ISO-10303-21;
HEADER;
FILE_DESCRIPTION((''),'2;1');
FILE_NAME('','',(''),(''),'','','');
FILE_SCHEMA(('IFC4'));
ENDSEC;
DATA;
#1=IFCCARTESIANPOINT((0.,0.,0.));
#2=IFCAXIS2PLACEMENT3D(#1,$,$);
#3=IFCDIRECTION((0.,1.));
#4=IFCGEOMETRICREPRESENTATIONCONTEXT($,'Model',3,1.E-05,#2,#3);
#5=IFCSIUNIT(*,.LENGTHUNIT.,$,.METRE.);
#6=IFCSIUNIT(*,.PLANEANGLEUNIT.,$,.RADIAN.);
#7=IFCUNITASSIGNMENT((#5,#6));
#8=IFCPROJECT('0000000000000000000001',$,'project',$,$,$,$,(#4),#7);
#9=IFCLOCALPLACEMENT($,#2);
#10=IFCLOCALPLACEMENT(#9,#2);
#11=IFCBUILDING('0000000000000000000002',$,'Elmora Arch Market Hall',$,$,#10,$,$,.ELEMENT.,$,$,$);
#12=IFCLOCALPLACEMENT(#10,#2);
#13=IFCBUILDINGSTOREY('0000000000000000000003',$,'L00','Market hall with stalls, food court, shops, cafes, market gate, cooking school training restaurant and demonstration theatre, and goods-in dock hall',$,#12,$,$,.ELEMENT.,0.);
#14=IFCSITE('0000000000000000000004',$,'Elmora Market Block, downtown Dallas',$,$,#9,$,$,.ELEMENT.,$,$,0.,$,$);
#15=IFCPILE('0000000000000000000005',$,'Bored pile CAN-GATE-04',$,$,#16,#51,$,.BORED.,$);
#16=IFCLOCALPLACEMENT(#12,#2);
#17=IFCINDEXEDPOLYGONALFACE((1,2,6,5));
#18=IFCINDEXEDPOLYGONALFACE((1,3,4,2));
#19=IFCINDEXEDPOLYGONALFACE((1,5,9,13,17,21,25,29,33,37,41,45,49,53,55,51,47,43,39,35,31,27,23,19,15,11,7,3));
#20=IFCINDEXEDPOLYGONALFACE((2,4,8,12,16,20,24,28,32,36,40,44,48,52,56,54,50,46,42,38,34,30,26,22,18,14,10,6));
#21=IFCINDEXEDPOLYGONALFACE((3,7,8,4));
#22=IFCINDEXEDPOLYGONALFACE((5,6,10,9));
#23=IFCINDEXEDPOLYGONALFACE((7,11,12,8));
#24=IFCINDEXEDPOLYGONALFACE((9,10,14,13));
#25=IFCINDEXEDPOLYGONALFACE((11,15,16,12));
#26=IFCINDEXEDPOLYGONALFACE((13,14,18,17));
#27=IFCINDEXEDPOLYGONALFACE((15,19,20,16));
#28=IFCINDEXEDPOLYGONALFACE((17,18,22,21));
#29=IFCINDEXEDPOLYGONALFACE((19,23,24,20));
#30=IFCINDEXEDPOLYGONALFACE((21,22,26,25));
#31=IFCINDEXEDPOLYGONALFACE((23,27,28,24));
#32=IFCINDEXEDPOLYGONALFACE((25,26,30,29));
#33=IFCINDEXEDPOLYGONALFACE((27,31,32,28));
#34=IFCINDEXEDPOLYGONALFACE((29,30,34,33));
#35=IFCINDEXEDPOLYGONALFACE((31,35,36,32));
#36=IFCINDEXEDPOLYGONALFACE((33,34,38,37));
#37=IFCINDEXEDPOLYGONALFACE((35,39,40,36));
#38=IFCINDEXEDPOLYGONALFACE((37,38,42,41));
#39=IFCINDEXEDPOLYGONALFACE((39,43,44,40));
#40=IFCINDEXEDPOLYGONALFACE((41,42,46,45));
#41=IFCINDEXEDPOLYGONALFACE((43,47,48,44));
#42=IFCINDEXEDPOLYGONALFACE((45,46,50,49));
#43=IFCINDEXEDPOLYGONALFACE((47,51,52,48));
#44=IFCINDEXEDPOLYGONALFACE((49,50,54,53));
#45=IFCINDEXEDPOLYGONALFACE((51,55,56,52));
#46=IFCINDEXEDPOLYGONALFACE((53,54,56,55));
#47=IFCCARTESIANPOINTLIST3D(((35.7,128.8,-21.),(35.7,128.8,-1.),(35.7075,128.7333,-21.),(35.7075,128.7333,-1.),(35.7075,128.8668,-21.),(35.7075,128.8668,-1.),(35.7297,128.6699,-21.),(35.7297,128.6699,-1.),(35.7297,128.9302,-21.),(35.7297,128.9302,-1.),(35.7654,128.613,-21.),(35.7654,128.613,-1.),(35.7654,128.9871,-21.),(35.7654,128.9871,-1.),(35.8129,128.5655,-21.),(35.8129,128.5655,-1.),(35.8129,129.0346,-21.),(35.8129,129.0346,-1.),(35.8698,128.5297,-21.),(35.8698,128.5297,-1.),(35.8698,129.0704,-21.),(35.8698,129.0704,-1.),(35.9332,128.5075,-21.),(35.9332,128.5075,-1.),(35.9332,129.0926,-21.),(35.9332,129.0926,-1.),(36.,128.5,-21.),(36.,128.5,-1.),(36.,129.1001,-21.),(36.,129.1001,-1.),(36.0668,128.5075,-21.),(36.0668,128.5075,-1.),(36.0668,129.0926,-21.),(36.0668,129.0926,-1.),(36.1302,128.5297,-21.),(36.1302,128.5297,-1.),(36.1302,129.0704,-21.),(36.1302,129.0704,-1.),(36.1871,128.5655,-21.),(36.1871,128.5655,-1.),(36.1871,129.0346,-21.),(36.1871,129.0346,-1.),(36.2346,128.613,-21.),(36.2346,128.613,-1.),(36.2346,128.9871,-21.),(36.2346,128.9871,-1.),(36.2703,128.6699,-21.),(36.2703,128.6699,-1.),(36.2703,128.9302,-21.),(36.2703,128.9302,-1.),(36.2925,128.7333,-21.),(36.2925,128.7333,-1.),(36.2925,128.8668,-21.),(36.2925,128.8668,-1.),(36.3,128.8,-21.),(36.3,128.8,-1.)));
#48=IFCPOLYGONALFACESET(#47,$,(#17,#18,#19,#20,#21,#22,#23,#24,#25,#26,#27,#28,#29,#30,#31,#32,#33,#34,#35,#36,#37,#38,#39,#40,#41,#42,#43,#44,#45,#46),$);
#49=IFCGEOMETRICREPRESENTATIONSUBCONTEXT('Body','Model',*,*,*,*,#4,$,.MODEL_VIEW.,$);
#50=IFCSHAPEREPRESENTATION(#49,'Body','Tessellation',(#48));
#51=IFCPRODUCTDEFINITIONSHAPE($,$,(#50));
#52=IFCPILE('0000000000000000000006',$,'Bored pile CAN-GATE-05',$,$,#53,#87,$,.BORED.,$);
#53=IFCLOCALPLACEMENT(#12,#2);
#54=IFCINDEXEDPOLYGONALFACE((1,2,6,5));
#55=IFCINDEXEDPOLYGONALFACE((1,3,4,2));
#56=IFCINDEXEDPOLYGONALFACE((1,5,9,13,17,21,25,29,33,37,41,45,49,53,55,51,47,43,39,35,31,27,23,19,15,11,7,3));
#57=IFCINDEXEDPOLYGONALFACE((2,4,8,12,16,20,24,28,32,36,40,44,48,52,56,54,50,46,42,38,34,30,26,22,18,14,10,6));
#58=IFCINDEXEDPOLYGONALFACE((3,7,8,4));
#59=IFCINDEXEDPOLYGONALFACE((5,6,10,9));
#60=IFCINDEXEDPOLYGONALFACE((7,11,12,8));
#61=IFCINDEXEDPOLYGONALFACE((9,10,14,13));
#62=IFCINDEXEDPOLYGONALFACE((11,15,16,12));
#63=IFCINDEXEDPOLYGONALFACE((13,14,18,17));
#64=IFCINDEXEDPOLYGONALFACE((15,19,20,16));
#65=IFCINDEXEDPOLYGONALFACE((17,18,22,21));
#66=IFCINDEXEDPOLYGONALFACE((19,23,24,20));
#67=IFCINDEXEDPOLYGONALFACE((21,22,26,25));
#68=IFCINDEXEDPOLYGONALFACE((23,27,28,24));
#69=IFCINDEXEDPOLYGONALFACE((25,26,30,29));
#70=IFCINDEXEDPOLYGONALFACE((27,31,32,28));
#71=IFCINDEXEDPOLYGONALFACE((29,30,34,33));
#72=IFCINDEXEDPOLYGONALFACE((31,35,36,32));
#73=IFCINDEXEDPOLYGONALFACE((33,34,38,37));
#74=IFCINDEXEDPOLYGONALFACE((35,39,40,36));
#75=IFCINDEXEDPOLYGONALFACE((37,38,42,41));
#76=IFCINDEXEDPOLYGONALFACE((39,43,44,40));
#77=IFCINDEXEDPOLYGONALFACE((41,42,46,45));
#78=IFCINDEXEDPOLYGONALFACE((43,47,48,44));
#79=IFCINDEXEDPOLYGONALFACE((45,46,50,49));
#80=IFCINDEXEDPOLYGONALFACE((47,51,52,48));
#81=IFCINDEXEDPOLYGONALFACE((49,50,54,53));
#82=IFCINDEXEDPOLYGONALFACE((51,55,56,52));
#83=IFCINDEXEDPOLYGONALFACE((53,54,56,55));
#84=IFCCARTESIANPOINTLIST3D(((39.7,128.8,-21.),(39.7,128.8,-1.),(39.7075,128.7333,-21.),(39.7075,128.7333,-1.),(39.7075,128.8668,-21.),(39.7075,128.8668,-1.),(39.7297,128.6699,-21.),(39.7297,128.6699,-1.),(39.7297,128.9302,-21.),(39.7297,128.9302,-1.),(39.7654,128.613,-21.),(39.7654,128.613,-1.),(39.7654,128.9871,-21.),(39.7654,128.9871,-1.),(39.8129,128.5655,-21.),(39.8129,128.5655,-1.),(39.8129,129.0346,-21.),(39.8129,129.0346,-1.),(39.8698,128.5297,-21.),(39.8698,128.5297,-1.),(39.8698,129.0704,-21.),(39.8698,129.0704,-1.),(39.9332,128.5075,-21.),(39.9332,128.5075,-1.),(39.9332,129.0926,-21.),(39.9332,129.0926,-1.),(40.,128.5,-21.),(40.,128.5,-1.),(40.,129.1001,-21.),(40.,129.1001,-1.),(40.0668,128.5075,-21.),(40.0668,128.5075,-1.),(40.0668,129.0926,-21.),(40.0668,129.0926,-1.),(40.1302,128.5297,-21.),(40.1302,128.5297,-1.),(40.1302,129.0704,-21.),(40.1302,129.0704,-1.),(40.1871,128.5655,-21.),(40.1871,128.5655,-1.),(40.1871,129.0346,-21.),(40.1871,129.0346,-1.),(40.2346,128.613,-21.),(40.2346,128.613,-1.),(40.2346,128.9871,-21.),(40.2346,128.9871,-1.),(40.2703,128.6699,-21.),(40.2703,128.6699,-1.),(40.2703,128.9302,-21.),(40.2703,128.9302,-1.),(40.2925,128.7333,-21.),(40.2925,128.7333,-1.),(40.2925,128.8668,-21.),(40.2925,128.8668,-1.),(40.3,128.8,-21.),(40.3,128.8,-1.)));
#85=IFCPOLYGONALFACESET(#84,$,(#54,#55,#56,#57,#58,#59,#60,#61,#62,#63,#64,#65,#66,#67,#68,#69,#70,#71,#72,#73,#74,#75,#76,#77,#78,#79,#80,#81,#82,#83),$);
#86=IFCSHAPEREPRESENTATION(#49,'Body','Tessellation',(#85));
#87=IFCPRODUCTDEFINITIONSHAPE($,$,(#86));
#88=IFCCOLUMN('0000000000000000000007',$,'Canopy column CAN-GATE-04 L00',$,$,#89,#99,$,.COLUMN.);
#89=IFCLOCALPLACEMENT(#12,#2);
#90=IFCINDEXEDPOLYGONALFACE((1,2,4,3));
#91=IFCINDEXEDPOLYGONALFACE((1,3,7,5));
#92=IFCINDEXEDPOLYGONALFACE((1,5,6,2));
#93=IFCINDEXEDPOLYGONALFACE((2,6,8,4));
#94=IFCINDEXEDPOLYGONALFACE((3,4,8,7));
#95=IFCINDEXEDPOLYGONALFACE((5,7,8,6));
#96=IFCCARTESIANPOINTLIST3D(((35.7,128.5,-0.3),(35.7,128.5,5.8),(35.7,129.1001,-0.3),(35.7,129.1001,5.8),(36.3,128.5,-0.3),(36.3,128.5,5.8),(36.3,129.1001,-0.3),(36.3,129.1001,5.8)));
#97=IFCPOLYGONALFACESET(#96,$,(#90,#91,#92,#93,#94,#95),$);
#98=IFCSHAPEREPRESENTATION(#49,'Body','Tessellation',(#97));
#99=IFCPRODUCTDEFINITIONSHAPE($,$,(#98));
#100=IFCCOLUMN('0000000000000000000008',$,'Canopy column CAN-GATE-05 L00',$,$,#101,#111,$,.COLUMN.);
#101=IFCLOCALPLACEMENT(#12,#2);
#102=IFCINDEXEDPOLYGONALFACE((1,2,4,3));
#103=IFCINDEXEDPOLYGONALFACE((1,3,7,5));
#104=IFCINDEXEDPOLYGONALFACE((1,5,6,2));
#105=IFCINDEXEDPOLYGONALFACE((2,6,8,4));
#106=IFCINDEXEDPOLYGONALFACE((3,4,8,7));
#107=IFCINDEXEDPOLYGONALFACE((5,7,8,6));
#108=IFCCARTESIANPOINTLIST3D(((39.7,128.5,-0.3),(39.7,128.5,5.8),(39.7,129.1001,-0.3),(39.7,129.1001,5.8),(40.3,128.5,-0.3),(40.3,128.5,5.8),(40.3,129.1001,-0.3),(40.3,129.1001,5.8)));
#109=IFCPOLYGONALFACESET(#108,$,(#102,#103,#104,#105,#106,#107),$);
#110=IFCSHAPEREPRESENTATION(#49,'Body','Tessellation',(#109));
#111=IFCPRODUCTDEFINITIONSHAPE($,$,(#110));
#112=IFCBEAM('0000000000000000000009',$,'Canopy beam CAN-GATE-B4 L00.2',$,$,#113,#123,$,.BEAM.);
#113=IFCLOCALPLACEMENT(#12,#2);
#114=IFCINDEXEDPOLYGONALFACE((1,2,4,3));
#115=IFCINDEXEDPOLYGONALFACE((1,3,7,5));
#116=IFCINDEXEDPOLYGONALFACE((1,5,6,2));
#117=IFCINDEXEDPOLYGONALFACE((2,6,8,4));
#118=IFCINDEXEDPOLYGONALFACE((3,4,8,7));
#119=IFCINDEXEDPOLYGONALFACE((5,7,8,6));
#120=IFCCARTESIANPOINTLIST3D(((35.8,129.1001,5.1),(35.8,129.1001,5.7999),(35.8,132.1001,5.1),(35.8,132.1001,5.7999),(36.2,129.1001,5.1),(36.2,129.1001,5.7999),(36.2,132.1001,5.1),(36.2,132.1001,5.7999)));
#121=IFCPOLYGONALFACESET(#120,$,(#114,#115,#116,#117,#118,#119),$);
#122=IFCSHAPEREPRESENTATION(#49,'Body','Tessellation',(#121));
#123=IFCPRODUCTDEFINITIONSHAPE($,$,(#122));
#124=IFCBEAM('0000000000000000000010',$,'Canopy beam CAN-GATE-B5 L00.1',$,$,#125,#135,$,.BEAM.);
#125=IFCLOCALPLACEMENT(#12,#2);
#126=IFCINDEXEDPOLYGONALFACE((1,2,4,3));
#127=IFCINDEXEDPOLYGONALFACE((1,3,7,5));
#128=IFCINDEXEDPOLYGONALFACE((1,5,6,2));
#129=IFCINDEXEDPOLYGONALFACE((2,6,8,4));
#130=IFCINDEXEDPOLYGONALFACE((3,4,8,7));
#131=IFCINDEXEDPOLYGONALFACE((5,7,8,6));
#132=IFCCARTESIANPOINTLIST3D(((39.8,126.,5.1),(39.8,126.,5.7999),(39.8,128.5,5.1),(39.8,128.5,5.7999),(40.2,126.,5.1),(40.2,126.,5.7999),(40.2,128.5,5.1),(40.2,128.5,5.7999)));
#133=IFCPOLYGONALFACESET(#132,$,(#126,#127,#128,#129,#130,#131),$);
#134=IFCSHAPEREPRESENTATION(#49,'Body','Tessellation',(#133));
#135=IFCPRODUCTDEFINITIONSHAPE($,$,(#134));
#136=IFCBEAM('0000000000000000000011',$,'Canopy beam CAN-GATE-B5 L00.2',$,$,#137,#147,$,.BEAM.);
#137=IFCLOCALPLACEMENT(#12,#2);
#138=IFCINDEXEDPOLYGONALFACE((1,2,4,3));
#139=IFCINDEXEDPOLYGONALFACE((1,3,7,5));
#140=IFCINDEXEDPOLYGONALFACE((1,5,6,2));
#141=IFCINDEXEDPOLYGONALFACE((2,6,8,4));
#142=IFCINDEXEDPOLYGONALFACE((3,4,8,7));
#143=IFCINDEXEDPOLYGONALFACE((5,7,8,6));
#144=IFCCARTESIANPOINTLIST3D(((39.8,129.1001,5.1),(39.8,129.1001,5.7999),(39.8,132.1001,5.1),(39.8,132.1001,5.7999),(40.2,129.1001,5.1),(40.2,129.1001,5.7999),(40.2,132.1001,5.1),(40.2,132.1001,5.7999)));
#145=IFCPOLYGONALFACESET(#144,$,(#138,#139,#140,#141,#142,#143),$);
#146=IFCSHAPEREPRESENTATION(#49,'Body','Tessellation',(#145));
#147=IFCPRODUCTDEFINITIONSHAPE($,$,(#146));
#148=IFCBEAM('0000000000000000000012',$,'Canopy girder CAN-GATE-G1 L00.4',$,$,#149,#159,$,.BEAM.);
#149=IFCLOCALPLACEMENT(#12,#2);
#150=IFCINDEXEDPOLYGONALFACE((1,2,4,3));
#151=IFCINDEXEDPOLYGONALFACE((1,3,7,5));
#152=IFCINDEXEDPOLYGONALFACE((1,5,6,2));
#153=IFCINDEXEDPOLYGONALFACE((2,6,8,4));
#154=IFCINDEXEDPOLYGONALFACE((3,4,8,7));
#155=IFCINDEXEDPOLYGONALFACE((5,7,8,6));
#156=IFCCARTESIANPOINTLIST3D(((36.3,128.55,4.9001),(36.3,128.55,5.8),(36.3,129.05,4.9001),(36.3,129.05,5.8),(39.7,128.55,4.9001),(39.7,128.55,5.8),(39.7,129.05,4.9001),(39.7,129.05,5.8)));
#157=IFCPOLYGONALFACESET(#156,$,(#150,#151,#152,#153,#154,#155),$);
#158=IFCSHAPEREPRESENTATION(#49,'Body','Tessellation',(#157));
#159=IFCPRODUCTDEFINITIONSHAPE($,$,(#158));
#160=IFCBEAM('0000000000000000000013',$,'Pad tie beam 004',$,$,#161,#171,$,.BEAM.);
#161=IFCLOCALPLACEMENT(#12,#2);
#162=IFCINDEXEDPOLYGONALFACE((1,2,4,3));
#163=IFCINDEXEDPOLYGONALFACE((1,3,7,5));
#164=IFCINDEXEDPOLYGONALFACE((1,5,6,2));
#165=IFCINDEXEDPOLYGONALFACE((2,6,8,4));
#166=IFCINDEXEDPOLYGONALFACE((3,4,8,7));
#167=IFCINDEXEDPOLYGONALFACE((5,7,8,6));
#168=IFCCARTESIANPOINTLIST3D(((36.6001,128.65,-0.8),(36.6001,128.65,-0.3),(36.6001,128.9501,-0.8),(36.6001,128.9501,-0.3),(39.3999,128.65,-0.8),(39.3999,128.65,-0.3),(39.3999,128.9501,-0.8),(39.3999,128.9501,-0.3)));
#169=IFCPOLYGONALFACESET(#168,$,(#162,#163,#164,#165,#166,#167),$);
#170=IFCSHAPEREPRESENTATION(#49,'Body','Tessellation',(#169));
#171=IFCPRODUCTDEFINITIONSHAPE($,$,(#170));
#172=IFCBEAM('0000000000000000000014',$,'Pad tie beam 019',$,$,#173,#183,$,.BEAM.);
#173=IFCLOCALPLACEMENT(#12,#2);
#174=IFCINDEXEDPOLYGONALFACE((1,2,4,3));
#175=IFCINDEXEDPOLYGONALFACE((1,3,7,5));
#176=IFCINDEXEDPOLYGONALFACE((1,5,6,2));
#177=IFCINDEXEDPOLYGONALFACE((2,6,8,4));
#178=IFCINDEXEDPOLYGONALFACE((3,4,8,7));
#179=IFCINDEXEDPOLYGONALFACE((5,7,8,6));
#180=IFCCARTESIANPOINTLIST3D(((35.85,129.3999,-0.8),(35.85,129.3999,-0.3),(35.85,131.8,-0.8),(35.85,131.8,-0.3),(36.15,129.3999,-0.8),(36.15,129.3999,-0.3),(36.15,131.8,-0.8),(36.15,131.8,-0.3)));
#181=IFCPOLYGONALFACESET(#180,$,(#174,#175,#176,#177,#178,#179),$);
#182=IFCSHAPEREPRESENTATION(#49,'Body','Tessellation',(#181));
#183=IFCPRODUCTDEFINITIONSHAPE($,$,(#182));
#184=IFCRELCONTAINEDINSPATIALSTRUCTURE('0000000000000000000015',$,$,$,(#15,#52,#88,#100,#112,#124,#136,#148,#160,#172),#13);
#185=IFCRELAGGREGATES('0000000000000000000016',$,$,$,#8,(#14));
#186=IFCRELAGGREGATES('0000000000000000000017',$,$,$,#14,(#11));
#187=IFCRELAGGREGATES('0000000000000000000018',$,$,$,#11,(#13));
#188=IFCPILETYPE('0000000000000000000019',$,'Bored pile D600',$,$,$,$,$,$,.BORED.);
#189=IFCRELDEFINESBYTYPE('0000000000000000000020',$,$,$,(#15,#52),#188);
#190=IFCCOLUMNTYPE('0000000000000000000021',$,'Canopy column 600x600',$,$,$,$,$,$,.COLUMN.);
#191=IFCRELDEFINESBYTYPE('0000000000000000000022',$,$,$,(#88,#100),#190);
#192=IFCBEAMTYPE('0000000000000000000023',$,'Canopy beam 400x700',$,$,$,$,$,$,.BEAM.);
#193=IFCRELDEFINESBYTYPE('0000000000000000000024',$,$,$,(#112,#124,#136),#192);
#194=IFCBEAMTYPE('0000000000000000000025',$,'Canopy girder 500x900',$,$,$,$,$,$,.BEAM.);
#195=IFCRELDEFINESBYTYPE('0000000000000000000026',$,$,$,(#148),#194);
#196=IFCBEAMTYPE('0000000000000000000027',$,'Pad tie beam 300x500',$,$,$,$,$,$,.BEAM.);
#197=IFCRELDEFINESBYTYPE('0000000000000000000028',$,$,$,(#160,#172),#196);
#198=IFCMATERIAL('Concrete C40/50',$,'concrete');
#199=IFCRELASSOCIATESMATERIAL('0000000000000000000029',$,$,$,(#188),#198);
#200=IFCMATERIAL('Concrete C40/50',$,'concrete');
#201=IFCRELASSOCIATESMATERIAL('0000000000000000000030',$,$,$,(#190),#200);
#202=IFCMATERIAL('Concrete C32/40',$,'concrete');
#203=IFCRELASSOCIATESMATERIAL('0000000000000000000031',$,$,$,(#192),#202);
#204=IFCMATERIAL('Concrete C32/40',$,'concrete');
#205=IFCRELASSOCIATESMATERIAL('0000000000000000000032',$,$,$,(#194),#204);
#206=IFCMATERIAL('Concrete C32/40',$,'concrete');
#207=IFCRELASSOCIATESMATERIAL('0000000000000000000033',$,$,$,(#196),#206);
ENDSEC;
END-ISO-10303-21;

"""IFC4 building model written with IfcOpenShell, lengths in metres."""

from ifc_helpers import new_model, si_unit, direction, frame, origin, origin_2d, place, context, subcontext, project, spatial, rectangle, circle, extrude, material, material_profile, profile_set, type_object, element, save


model = new_model("IFC4")

# Units and contexts
model_context = context("Model", 3, precision=1e-05, world=origin(), true_north=direction((0.0, 1.0)))
body_context = subcontext(model_context, "Body", "Model", "MODEL_VIEW")
ifc_project = project(units=[si_unit("LENGTHUNIT", "METRE"), si_unit("PLANEANGLEUNIT", "RADIAN")], contexts=[model_context])

# Site, building, storey
site_placement = place(None, origin())
site = spatial("IfcSite", under=ifc_project, at=site_placement, Name="Elmora Market Block, downtown Dallas", CompositionType="ELEMENT", RefElevation=0.0)
building_placement = place(site_placement, origin())
building = spatial("IfcBuilding", under=site, at=building_placement, Name="Elmora Arch Market Hall", CompositionType="ELEMENT")
storey_placement = place(building_placement, origin())
storey = spatial("IfcBuildingStorey", under=building, at=storey_placement, Name="L00", Description="Market hall with stalls, food court, shops, cafes, market gate, cooking school training restaurant and demonstration theatre, and goods-in dock hall", CompositionType="ELEMENT", Elevation=0.0)

# Piles
ifc_material_1 = material(Name="Concrete C40/50", Category="concrete")
ifc_material_profile_1 = material_profile(ifc_material_1, circle(Radius=0.3, at=origin_2d()), Name="Bored pile D600")
ifc_profile_set_1 = profile_set([ifc_material_profile_1], Name="Concrete C40/50")
pile_type = type_object("IfcPileType", Name="Bored pile D600", PredefinedType="BORED", material=ifc_profile_set_1)
for number, where, z_axis, x_axis, name in (
    (1, (36.0, 128.8, -1.0), (0.0, 0.0, -1.0), (1.0, 0.0, 0.0), "Bored pile CAN-GATE-04"),
    (2, (40.0, 128.8, -1.0), (0.0, 0.0, -1.0), (1.0, 0.0, 0.0), "Bored pile CAN-GATE-05"),
):
    element("IfcPile", number, at=place(storey_placement, frame(where, z_axis=z_axis, x_axis=x_axis)), inside=storey, type_object=pile_type, Name=name, PredefinedType="BORED", context=body_context, shape_type="SweptSolid", body=[
        extrude(circle(Radius=0.3, at=origin_2d()), origin(), (0.0, 0.0, 1.0), 20.0),
    ])

# Columns
ifc_material_2 = material(Name="Concrete C40/50", Category="concrete")
ifc_material_profile_2 = material_profile(ifc_material_2, rectangle(XDim=0.6001, YDim=0.6001, at=origin_2d()), Name="Canopy column 600x600")
ifc_profile_set_2 = profile_set([ifc_material_profile_2], Name="Concrete C40/50")
column_type = type_object("IfcColumnType", Name="Canopy column 600x600", PredefinedType="COLUMN", material=ifc_profile_set_2)
for number, where, z_axis, x_axis, name in (
    (3, (36.0, 128.8, -0.3), (0.0, 0.0, 1.0), (1.0, 0.0, 0.0), "Canopy column CAN-GATE-04 L00"),
    (4, (40.0, 128.8, -0.3), (0.0, 0.0, 1.0), (1.0, 0.0, 0.0), "Canopy column CAN-GATE-05 L00"),
):
    element("IfcColumn", number, at=place(storey_placement, frame(where, z_axis=z_axis, x_axis=x_axis)), inside=storey, type_object=column_type, Name=name, PredefinedType="COLUMN", context=body_context, shape_type="SweptSolid", body=[
        extrude(rectangle(XDim=0.6001, YDim=0.6001, at=origin_2d()), origin(), (0.0, 0.0, 1.0), 6.1001),
    ])

# Beams
ifc_material_3 = material(Name="Concrete C32/40", Category="concrete")
ifc_material_profile_3 = material_profile(ifc_material_3, rectangle(XDim=0.3999, YDim=0.7, at=origin_2d()), Name="Canopy beam 400x700")
ifc_profile_set_3 = profile_set([ifc_material_profile_3], Name="Concrete C32/40")
beam_type_1 = type_object("IfcBeamType", Name="Canopy beam 400x700", PredefinedType="BEAM", material=ifc_profile_set_3)
beam_1_placement = place(storey_placement, frame((36.0, 129.1001, 5.45), z_axis=(0.0, 1.0, 0.0), x_axis=(-1.0, 0.0, 0.0)))
element("IfcBeam", 5, at=beam_1_placement, inside=storey, type_object=beam_type_1, Name="Canopy beam CAN-GATE-B4 L00.2", PredefinedType="BEAM", context=body_context, shape_type="SweptSolid", body=[
    extrude(rectangle(XDim=0.3999, YDim=0.7, at=origin_2d()), origin(), (0.0, 0.0, 1.0), 3.0),
])
beam_2_placement = place(storey_placement, frame((40.0, 126.0, 5.45), z_axis=(0.0, 1.0, 0.0), x_axis=(-1.0, 0.0, 0.0)))
element("IfcBeam", 6, at=beam_2_placement, inside=storey, type_object=beam_type_1, Name="Canopy beam CAN-GATE-B5 L00.1", PredefinedType="BEAM", context=body_context, shape_type="SweptSolid", body=[
    extrude(rectangle(XDim=0.3999, YDim=0.7, at=origin_2d()), origin(), (0.0, 0.0, 1.0), 2.5),
])
beam_3_placement = place(storey_placement, frame((40.0, 129.1001, 5.45), z_axis=(0.0, 1.0, 0.0), x_axis=(-1.0, 0.0, 0.0)))
element("IfcBeam", 7, at=beam_3_placement, inside=storey, type_object=beam_type_1, Name="Canopy beam CAN-GATE-B5 L00.2", PredefinedType="BEAM", context=body_context, shape_type="SweptSolid", body=[
    extrude(rectangle(XDim=0.3999, YDim=0.7, at=origin_2d()), origin(), (0.0, 0.0, 1.0), 3.0),
])
ifc_material_4 = material(Name="Concrete C32/40", Category="concrete")
ifc_material_profile_4 = material_profile(ifc_material_4, rectangle(XDim=0.5, YDim=0.8999, at=origin_2d()), Name="Canopy girder 500x900")
ifc_profile_set_4 = profile_set([ifc_material_profile_4], Name="Concrete C32/40")
beam_type_2 = type_object("IfcBeamType", Name="Canopy girder 500x900", PredefinedType="BEAM", material=ifc_profile_set_4)
beam_4_placement = place(storey_placement, frame((36.3, 128.8, 5.3501), z_axis=(1.0, 0.0, 0.0), x_axis=(0.0, 1.0, 0.0)))
element("IfcBeam", 8, at=beam_4_placement, inside=storey, type_object=beam_type_2, Name="Canopy girder CAN-GATE-G1 L00.4", PredefinedType="BEAM", context=body_context, shape_type="SweptSolid", body=[
    extrude(rectangle(XDim=0.5, YDim=0.8999, at=origin_2d()), origin(), (0.0, 0.0, 1.0), 3.3999),
])
ifc_material_5 = material(Name="Concrete C32/40", Category="concrete")
ifc_material_profile_5 = material_profile(ifc_material_5, rectangle(XDim=0.3, YDim=0.5, at=origin_2d()), Name="Pad tie beam 300x500")
ifc_profile_set_5 = profile_set([ifc_material_profile_5], Name="Concrete C32/40")
beam_type_3 = type_object("IfcBeamType", Name="Pad tie beam 300x500", PredefinedType="BEAM", material=ifc_profile_set_5)
beam_5_placement = place(storey_placement, frame((36.6001, 128.8, -0.55), z_axis=(1.0, 0.0, 0.0), x_axis=(0.0, 1.0, 0.0)))
element("IfcBeam", 9, at=beam_5_placement, inside=storey, type_object=beam_type_3, Name="Pad tie beam 004", PredefinedType="BEAM", context=body_context, shape_type="SweptSolid", body=[
    extrude(rectangle(XDim=0.3, YDim=0.5, at=origin_2d()), origin(), (0.0, 0.0, 1.0), 2.7998),
])
beam_6_placement = place(storey_placement, frame((36.0, 129.3999, -0.55), z_axis=(0.0, 1.0, 0.0), x_axis=(-1.0, 0.0, 0.0)))
element("IfcBeam", 10, at=beam_6_placement, inside=storey, type_object=beam_type_3, Name="Pad tie beam 019", PredefinedType="BEAM", context=body_context, shape_type="SweptSolid", body=[
    extrude(rectangle(XDim=0.3, YDim=0.5, at=origin_2d()), origin(), (0.0, 0.0, 1.0), 2.4001),
])

save(model, "model.ifc")
